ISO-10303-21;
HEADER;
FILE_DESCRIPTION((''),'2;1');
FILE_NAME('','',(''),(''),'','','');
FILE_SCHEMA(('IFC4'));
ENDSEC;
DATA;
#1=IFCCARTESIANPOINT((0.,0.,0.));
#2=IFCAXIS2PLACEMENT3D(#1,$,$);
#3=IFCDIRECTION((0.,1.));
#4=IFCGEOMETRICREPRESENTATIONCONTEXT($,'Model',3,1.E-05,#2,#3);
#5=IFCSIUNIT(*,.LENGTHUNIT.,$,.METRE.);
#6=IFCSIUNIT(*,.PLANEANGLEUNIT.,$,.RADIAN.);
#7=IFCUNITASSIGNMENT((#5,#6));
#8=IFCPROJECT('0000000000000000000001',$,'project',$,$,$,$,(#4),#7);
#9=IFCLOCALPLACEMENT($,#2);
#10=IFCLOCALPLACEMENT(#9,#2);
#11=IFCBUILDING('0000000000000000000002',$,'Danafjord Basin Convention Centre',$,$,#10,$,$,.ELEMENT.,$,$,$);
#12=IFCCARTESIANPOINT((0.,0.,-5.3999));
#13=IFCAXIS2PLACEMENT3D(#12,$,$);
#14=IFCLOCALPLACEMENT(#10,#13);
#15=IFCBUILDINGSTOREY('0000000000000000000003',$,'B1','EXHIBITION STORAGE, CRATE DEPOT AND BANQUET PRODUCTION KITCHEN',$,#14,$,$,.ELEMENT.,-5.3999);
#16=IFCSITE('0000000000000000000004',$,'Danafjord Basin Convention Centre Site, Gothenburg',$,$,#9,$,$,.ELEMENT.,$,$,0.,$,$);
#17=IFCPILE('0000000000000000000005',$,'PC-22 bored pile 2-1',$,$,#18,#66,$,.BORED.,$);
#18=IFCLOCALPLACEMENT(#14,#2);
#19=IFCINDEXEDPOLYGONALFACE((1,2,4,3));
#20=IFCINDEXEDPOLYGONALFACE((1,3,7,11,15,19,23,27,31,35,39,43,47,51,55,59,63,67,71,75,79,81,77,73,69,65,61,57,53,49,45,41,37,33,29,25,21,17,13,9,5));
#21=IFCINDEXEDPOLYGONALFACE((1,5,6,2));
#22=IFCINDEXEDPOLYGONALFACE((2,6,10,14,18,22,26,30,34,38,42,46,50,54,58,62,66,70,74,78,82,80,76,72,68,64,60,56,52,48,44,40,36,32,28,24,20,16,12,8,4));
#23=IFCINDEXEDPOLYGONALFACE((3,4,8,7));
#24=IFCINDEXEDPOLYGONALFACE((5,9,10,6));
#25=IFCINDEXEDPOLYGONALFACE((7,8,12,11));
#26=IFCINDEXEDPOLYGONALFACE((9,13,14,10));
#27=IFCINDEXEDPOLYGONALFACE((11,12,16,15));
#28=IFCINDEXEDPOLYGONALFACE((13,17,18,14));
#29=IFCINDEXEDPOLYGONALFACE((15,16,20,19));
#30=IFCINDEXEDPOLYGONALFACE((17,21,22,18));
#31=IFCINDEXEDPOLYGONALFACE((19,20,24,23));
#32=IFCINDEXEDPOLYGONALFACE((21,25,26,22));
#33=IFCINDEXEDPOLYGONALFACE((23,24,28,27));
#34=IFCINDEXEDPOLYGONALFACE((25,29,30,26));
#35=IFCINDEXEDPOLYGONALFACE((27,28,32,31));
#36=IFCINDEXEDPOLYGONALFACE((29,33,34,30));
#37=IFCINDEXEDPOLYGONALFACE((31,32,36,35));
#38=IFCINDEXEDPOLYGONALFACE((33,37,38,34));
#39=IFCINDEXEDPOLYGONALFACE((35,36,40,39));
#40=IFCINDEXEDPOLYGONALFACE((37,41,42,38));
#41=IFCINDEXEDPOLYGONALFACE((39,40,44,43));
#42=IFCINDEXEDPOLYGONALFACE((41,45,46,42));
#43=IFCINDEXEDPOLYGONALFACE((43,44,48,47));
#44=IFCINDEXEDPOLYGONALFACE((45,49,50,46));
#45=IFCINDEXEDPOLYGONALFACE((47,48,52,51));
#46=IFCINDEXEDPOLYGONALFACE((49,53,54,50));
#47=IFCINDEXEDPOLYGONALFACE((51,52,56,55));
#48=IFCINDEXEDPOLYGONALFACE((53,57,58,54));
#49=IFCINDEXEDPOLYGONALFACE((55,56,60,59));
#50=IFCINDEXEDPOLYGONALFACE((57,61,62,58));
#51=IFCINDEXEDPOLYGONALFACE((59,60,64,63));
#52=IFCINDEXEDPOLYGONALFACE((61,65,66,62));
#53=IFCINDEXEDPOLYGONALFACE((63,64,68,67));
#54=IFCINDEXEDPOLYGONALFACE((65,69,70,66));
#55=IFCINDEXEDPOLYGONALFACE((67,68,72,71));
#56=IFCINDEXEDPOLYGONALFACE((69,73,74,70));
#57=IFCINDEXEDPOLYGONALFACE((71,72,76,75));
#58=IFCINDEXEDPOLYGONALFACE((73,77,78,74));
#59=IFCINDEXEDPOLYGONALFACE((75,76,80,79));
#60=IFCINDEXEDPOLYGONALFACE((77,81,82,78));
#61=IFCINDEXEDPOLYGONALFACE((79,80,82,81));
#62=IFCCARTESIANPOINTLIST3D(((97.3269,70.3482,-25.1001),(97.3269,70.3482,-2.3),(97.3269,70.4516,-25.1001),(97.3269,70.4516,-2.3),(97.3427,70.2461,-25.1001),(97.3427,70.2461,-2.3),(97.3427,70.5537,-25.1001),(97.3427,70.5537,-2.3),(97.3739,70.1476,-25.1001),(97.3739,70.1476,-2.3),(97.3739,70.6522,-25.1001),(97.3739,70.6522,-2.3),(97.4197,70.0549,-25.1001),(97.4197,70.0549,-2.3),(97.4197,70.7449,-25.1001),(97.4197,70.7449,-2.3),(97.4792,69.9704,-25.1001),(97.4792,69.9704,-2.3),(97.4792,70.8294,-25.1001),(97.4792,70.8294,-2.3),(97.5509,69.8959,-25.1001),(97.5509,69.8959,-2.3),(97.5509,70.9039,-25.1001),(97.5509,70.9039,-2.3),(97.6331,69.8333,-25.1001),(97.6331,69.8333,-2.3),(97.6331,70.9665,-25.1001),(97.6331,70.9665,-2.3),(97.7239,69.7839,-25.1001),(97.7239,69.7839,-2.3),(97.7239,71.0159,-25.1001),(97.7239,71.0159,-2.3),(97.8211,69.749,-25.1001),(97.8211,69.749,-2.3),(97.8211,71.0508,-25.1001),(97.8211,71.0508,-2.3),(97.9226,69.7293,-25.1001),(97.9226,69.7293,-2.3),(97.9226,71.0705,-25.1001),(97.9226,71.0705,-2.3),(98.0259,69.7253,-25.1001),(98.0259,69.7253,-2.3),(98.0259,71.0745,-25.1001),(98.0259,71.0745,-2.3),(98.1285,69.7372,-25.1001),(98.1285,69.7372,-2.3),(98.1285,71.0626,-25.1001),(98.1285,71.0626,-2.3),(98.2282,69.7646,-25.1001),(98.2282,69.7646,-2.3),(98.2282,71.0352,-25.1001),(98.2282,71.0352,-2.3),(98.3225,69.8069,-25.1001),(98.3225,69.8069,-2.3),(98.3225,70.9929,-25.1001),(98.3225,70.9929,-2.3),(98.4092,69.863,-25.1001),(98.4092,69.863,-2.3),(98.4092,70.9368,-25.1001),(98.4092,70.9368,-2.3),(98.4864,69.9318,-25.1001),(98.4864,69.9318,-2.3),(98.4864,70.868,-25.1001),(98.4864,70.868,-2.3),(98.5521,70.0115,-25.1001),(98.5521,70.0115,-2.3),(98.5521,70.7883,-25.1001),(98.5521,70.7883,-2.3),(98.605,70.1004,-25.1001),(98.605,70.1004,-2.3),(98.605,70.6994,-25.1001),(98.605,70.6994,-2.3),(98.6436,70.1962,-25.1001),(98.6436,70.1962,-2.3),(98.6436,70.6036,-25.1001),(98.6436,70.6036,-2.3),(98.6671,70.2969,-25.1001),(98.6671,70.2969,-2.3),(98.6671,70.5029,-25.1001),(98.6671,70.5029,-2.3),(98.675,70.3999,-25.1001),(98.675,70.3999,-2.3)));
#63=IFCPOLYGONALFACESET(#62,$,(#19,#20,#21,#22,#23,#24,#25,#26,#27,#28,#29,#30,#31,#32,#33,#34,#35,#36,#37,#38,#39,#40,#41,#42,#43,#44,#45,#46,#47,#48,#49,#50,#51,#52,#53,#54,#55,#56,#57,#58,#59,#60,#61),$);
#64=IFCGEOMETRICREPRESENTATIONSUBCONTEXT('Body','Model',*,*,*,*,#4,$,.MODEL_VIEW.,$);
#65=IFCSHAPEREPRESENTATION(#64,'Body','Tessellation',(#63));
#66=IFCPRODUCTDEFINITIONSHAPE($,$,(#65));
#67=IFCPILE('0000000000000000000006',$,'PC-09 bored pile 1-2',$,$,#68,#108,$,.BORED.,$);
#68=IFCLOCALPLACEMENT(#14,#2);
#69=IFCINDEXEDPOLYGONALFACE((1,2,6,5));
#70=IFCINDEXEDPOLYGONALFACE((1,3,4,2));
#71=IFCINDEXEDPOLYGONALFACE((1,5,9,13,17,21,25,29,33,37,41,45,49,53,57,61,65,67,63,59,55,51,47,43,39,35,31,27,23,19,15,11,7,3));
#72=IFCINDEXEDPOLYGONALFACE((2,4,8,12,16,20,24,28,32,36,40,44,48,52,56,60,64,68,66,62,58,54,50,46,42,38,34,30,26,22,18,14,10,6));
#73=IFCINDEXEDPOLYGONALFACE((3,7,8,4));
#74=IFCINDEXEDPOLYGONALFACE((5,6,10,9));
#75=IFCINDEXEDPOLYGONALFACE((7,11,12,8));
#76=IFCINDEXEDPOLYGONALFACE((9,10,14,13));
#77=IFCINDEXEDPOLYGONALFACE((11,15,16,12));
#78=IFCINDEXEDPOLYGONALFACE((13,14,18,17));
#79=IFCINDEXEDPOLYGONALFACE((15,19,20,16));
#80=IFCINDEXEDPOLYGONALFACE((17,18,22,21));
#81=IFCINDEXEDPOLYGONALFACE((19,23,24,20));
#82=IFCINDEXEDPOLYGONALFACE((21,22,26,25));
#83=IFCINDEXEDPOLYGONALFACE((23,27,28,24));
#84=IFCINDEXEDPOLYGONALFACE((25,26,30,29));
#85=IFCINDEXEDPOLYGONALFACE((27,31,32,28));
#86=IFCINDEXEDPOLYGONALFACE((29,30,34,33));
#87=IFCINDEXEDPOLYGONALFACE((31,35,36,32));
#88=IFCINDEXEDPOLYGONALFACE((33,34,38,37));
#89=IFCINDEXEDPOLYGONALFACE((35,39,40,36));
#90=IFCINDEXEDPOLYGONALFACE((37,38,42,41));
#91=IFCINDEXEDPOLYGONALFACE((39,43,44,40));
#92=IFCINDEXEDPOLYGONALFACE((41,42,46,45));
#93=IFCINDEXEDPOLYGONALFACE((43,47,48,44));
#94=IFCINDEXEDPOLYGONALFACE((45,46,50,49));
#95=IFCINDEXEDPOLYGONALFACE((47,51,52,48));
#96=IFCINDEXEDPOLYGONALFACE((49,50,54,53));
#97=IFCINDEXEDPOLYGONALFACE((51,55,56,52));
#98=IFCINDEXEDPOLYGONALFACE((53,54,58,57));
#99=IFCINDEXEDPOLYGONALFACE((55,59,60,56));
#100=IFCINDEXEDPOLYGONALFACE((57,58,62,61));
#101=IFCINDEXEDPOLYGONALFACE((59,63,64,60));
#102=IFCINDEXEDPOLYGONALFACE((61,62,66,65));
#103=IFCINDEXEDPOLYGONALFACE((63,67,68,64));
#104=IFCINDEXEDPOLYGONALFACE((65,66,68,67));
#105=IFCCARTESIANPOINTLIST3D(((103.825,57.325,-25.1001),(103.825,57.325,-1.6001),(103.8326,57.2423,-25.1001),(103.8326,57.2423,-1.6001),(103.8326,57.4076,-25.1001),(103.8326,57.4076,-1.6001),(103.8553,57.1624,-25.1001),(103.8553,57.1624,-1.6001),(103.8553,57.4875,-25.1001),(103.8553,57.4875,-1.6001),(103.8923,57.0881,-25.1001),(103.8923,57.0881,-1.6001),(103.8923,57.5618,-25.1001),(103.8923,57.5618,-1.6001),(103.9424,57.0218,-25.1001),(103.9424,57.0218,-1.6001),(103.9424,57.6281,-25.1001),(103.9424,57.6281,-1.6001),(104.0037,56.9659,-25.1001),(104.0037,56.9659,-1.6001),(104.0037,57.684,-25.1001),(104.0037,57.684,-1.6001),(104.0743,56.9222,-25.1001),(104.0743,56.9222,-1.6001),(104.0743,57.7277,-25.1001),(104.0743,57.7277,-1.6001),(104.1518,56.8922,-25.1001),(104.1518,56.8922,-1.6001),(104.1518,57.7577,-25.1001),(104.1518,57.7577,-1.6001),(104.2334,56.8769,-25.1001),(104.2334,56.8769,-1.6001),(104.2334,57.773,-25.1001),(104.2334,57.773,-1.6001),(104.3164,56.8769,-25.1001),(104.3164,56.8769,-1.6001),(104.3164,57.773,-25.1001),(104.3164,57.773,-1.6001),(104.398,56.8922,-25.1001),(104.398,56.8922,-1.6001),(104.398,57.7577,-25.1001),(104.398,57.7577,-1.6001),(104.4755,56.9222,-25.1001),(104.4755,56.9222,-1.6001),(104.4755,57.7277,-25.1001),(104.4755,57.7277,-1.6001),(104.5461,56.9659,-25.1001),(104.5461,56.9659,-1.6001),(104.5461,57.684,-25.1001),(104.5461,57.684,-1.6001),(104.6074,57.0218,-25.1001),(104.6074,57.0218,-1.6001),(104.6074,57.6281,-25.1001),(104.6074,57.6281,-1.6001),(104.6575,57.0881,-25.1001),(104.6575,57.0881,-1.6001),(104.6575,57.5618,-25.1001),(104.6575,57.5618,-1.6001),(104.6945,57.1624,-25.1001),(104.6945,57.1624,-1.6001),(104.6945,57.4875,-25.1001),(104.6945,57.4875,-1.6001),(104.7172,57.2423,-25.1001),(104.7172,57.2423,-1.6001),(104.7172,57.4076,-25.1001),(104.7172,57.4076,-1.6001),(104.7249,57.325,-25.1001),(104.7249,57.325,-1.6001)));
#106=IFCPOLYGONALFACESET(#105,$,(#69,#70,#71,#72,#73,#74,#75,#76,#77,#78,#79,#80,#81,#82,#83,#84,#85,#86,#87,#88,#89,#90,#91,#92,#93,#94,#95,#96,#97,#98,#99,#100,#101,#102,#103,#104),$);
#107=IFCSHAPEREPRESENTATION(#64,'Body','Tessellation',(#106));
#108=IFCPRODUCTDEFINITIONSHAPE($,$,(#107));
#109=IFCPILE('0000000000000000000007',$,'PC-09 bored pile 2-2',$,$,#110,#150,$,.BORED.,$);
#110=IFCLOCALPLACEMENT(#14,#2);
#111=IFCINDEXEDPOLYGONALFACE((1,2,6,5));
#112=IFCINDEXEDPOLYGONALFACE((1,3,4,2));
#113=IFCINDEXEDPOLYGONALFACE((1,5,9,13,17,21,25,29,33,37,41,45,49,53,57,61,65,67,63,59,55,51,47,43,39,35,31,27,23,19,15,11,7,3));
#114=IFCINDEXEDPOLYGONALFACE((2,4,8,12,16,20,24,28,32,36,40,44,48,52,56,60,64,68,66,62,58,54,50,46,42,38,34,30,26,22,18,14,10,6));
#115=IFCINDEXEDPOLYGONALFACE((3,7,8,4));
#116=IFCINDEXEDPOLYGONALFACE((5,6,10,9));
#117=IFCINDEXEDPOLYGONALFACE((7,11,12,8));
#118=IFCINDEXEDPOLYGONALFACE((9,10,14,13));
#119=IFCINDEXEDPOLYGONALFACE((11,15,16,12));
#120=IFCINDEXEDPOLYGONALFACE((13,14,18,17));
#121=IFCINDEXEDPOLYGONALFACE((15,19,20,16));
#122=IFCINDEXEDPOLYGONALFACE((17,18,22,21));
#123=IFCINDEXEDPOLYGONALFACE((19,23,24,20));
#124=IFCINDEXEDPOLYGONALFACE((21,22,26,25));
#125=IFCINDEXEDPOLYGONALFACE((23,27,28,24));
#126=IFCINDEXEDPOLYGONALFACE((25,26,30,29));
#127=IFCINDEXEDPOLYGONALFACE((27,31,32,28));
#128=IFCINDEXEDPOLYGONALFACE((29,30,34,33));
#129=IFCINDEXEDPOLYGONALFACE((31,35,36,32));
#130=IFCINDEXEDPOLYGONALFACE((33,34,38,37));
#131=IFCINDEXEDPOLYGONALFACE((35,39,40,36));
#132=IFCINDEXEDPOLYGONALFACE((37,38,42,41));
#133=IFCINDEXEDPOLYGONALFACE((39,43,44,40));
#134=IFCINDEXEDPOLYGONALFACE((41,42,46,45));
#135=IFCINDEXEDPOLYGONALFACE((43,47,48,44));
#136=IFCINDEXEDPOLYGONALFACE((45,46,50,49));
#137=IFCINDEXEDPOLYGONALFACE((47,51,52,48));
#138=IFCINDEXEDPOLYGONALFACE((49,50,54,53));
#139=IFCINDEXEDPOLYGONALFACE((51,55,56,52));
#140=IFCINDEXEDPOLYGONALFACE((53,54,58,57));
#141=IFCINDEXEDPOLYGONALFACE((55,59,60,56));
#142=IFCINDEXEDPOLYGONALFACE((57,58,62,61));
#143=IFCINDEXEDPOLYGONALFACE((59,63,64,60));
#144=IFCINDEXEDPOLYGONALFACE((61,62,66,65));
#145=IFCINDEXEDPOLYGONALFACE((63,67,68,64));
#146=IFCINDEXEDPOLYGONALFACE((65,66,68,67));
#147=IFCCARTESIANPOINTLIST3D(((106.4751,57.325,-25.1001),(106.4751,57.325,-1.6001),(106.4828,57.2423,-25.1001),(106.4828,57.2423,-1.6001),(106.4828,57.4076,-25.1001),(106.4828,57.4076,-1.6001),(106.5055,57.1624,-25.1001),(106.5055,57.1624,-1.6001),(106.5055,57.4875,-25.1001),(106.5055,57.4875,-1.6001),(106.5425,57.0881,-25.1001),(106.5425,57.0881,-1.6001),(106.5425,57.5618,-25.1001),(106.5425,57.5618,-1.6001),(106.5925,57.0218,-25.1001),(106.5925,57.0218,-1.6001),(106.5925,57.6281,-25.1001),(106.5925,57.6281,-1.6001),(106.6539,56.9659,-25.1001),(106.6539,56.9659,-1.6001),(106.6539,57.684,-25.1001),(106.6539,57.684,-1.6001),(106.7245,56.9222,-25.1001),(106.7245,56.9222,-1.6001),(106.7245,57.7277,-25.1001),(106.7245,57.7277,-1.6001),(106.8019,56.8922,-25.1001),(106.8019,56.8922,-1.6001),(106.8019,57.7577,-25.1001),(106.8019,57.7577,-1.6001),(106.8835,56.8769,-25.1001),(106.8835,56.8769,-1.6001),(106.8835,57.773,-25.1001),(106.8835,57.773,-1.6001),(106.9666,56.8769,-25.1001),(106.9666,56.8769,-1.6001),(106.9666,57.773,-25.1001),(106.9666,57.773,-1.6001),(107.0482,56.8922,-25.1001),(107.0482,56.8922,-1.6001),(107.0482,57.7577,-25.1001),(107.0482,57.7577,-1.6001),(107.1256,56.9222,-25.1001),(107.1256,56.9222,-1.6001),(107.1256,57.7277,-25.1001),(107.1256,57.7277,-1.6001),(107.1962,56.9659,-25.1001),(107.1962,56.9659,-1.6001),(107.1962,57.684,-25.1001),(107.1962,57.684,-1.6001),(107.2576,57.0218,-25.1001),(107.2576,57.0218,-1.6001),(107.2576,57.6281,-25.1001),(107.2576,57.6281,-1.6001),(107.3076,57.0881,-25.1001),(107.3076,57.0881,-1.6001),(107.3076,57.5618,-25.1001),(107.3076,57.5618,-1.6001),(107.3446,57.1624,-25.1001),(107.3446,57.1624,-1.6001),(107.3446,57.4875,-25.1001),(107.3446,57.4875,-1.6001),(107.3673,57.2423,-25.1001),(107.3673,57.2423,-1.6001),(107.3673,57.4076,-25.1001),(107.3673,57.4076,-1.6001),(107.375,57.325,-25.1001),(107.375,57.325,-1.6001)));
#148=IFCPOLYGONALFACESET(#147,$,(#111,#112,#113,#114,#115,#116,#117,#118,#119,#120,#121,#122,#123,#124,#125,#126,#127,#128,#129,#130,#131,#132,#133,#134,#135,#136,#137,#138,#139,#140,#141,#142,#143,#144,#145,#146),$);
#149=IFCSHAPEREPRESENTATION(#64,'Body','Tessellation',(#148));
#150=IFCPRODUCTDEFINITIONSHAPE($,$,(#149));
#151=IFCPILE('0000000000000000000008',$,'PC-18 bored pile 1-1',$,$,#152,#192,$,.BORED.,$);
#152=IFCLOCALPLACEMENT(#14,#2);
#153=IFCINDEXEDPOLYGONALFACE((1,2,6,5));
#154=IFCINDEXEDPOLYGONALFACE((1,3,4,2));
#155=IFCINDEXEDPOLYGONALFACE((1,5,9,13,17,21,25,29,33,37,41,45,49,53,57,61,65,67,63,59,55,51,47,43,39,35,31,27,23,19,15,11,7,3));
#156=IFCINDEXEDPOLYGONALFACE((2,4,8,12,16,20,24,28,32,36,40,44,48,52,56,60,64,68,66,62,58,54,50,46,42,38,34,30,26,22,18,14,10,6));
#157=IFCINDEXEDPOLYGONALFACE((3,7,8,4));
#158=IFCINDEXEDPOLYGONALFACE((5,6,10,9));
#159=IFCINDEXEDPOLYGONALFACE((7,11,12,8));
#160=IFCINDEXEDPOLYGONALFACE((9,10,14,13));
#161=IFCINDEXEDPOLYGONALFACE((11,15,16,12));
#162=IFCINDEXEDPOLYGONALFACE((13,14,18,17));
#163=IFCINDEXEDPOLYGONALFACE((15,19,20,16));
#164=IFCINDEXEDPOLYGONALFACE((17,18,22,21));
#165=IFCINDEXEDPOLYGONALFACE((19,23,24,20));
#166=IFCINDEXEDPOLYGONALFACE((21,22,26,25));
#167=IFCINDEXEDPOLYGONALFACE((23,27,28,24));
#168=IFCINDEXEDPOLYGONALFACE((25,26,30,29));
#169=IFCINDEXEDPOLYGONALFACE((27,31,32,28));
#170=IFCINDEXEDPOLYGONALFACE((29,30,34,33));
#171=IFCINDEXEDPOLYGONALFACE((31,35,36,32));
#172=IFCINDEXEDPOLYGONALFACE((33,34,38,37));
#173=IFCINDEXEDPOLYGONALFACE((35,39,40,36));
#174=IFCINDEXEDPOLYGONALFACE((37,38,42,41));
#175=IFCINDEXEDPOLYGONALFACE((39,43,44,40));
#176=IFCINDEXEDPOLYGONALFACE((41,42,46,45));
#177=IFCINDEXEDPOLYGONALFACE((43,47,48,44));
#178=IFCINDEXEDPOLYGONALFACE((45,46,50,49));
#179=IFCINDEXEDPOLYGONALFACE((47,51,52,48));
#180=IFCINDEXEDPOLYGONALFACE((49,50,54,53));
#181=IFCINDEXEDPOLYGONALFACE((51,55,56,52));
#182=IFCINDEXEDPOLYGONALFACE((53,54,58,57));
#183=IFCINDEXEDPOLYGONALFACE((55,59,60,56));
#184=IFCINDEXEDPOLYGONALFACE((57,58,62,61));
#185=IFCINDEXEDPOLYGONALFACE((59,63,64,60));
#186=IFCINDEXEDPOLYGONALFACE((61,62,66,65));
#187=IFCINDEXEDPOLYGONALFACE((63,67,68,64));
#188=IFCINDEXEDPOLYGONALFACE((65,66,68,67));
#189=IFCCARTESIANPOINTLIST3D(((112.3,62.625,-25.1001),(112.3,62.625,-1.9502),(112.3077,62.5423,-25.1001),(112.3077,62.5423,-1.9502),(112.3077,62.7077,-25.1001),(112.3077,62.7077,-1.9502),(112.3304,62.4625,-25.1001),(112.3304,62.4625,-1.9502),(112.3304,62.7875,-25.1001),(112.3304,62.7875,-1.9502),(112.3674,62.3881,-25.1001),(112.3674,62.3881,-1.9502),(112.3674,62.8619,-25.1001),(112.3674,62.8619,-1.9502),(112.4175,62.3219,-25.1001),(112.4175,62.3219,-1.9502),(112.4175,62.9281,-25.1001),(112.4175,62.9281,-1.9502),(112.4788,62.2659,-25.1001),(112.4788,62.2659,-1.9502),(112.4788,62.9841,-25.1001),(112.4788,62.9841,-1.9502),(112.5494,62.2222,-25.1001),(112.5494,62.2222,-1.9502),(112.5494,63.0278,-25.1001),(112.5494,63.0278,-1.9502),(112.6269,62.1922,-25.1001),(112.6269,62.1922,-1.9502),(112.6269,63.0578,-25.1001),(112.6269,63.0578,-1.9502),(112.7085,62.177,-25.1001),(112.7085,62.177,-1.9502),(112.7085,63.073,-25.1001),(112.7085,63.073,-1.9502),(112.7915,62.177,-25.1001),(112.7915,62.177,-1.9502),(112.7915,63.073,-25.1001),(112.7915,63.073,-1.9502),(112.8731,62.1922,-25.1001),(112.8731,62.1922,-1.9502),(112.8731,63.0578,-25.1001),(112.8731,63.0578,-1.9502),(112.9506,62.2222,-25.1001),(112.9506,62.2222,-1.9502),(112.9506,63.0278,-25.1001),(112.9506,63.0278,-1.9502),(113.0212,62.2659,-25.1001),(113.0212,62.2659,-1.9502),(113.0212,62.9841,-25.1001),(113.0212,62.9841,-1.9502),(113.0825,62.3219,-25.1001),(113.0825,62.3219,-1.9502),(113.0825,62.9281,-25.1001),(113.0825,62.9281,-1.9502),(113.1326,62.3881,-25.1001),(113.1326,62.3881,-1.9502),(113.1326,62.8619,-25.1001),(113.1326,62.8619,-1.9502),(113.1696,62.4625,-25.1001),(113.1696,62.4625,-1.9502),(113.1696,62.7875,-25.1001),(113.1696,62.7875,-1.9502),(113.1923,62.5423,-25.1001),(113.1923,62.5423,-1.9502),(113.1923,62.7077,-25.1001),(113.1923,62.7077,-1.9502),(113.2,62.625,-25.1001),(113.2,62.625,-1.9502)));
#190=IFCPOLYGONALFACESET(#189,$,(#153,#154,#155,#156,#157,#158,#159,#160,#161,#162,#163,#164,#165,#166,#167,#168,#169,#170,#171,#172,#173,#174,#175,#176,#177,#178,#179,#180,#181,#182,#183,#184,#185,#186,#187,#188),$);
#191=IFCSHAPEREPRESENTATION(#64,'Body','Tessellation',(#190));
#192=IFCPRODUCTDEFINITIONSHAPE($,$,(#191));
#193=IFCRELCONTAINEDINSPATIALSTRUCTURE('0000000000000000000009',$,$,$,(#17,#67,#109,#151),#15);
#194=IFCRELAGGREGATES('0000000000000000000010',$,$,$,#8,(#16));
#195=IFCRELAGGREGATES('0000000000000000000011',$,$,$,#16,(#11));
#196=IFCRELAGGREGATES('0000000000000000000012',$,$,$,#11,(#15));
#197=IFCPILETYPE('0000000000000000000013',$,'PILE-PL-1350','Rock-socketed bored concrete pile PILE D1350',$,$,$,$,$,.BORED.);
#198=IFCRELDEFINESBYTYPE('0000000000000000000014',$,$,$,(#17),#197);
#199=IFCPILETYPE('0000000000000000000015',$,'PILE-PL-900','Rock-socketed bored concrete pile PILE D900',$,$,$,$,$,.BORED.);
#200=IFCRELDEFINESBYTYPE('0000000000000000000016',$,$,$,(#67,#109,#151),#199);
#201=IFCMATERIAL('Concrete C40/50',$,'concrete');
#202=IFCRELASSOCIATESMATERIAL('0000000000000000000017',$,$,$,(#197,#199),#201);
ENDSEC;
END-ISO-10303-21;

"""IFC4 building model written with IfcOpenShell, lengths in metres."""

from ifc_helpers import new_model, si_unit, direction, frame, origin, origin_2d, place, context, subcontext, project, spatial, circle, extrude, material, material_profile, profile_set, type_object, element, save


model = new_model("IFC4")

# Units and contexts
model_context = context("Model", 3, precision=1e-05, world=origin(), true_north=direction((0.0, 1.0)))
body_context = subcontext(model_context, "Body", "Model", "MODEL_VIEW")
ifc_project = project(units=[si_unit("LENGTHUNIT", "METRE"), si_unit("PLANEANGLEUNIT", "RADIAN")], contexts=[model_context])

# Site, building, storey
site_placement = place(None, origin())
site = spatial("IfcSite", under=ifc_project, at=site_placement, Name="Danafjord Basin Convention Centre Site, Gothenburg", CompositionType="ELEMENT", RefElevation=0.0)
building_placement = place(site_placement, origin())
building = spatial("IfcBuilding", under=site, at=building_placement, Name="Danafjord Basin Convention Centre", CompositionType="ELEMENT")
storey_placement = place(building_placement, frame((0.0, 0.0, -5.3999)))
storey = spatial("IfcBuildingStorey", under=building, at=storey_placement, Name="B1", Description="EXHIBITION STORAGE, CRATE DEPOT AND BANQUET PRODUCTION KITCHEN", CompositionType="ELEMENT", Elevation=-5.3999)

# Shared definitions
ifc_material_1 = material(Name="Concrete C40/50", Category="concrete")

# Piles
ifc_material_profile_1 = material_profile(ifc_material_1, circle(Radius=0.675, at=origin_2d()), Name="PILE D1350")
ifc_profile_set_1 = profile_set([ifc_material_profile_1], Name="Concrete C40/50")
pile_type_1 = type_object("IfcPileType", Name="PILE-PL-1350", Description="Rock-socketed bored concrete pile PILE D1350", PredefinedType="BORED", material=ifc_profile_set_1)
for number, where, z_axis, x_axis, name in (
    (1, (98.0, 70.3999, -2.3), (0.0, 0.0, -1.0), (1.0, 0.0, 0.0), "PC-22 bored pile 2-1"),
):
    element("IfcPile", number, at=place(storey_placement, frame(where, z_axis=z_axis, x_axis=x_axis)), inside=storey, type_object=pile_type_1, Name=name, PredefinedType="BORED", context=body_context, shape_type="SweptSolid", body=[
        extrude(circle(Radius=0.675, at=origin_2d()), origin(), (0.0, 0.0, 1.0), 22.8),
    ])
ifc_material_profile_2 = material_profile(ifc_material_1, circle(Radius=0.45, at=origin_2d()), Name="PILE D900")
ifc_profile_set_2 = profile_set([ifc_material_profile_2], Name="Concrete C40/50")
pile_type_2 = type_object("IfcPileType", Name="PILE-PL-900", Description="Rock-socketed bored concrete pile PILE D900", PredefinedType="BORED", material=ifc_profile_set_2)
for number, where, z_axis, x_axis, name in (
    (2, (104.2749, 57.325, -1.6001), (0.0, 0.0, -1.0), (1.0, 0.0, 0.0), "PC-09 bored pile 1-2"),
    (3, (106.925, 57.325, -1.6001), (0.0, 0.0, -1.0), (1.0, 0.0, 0.0), "PC-09 bored pile 2-2"),
):
    element("IfcPile", number, at=place(storey_placement, frame(where, z_axis=z_axis, x_axis=x_axis)), inside=storey, type_object=pile_type_2, Name=name, PredefinedType="BORED", context=body_context, shape_type="SweptSolid", body=[
        extrude(circle(Radius=0.45, at=origin_2d()), origin(), (0.0, 0.0, 1.0), 23.5),
    ])
for number, where, z_axis, x_axis, name in (
    (4, (112.75, 62.625, -1.9502), (0.0, 0.0, -1.0), (1.0, 0.0, 0.0), "PC-18 bored pile 1-1"),
):
    element("IfcPile", number, at=place(storey_placement, frame(where, z_axis=z_axis, x_axis=x_axis)), inside=storey, type_object=pile_type_2, Name=name, PredefinedType="BORED", context=body_context, shape_type="SweptSolid", body=[
        extrude(circle(Radius=0.45, at=origin_2d()), origin(), (0.0, 0.0, 1.0), 23.1499),
    ])

save(model, "model.ifc")
